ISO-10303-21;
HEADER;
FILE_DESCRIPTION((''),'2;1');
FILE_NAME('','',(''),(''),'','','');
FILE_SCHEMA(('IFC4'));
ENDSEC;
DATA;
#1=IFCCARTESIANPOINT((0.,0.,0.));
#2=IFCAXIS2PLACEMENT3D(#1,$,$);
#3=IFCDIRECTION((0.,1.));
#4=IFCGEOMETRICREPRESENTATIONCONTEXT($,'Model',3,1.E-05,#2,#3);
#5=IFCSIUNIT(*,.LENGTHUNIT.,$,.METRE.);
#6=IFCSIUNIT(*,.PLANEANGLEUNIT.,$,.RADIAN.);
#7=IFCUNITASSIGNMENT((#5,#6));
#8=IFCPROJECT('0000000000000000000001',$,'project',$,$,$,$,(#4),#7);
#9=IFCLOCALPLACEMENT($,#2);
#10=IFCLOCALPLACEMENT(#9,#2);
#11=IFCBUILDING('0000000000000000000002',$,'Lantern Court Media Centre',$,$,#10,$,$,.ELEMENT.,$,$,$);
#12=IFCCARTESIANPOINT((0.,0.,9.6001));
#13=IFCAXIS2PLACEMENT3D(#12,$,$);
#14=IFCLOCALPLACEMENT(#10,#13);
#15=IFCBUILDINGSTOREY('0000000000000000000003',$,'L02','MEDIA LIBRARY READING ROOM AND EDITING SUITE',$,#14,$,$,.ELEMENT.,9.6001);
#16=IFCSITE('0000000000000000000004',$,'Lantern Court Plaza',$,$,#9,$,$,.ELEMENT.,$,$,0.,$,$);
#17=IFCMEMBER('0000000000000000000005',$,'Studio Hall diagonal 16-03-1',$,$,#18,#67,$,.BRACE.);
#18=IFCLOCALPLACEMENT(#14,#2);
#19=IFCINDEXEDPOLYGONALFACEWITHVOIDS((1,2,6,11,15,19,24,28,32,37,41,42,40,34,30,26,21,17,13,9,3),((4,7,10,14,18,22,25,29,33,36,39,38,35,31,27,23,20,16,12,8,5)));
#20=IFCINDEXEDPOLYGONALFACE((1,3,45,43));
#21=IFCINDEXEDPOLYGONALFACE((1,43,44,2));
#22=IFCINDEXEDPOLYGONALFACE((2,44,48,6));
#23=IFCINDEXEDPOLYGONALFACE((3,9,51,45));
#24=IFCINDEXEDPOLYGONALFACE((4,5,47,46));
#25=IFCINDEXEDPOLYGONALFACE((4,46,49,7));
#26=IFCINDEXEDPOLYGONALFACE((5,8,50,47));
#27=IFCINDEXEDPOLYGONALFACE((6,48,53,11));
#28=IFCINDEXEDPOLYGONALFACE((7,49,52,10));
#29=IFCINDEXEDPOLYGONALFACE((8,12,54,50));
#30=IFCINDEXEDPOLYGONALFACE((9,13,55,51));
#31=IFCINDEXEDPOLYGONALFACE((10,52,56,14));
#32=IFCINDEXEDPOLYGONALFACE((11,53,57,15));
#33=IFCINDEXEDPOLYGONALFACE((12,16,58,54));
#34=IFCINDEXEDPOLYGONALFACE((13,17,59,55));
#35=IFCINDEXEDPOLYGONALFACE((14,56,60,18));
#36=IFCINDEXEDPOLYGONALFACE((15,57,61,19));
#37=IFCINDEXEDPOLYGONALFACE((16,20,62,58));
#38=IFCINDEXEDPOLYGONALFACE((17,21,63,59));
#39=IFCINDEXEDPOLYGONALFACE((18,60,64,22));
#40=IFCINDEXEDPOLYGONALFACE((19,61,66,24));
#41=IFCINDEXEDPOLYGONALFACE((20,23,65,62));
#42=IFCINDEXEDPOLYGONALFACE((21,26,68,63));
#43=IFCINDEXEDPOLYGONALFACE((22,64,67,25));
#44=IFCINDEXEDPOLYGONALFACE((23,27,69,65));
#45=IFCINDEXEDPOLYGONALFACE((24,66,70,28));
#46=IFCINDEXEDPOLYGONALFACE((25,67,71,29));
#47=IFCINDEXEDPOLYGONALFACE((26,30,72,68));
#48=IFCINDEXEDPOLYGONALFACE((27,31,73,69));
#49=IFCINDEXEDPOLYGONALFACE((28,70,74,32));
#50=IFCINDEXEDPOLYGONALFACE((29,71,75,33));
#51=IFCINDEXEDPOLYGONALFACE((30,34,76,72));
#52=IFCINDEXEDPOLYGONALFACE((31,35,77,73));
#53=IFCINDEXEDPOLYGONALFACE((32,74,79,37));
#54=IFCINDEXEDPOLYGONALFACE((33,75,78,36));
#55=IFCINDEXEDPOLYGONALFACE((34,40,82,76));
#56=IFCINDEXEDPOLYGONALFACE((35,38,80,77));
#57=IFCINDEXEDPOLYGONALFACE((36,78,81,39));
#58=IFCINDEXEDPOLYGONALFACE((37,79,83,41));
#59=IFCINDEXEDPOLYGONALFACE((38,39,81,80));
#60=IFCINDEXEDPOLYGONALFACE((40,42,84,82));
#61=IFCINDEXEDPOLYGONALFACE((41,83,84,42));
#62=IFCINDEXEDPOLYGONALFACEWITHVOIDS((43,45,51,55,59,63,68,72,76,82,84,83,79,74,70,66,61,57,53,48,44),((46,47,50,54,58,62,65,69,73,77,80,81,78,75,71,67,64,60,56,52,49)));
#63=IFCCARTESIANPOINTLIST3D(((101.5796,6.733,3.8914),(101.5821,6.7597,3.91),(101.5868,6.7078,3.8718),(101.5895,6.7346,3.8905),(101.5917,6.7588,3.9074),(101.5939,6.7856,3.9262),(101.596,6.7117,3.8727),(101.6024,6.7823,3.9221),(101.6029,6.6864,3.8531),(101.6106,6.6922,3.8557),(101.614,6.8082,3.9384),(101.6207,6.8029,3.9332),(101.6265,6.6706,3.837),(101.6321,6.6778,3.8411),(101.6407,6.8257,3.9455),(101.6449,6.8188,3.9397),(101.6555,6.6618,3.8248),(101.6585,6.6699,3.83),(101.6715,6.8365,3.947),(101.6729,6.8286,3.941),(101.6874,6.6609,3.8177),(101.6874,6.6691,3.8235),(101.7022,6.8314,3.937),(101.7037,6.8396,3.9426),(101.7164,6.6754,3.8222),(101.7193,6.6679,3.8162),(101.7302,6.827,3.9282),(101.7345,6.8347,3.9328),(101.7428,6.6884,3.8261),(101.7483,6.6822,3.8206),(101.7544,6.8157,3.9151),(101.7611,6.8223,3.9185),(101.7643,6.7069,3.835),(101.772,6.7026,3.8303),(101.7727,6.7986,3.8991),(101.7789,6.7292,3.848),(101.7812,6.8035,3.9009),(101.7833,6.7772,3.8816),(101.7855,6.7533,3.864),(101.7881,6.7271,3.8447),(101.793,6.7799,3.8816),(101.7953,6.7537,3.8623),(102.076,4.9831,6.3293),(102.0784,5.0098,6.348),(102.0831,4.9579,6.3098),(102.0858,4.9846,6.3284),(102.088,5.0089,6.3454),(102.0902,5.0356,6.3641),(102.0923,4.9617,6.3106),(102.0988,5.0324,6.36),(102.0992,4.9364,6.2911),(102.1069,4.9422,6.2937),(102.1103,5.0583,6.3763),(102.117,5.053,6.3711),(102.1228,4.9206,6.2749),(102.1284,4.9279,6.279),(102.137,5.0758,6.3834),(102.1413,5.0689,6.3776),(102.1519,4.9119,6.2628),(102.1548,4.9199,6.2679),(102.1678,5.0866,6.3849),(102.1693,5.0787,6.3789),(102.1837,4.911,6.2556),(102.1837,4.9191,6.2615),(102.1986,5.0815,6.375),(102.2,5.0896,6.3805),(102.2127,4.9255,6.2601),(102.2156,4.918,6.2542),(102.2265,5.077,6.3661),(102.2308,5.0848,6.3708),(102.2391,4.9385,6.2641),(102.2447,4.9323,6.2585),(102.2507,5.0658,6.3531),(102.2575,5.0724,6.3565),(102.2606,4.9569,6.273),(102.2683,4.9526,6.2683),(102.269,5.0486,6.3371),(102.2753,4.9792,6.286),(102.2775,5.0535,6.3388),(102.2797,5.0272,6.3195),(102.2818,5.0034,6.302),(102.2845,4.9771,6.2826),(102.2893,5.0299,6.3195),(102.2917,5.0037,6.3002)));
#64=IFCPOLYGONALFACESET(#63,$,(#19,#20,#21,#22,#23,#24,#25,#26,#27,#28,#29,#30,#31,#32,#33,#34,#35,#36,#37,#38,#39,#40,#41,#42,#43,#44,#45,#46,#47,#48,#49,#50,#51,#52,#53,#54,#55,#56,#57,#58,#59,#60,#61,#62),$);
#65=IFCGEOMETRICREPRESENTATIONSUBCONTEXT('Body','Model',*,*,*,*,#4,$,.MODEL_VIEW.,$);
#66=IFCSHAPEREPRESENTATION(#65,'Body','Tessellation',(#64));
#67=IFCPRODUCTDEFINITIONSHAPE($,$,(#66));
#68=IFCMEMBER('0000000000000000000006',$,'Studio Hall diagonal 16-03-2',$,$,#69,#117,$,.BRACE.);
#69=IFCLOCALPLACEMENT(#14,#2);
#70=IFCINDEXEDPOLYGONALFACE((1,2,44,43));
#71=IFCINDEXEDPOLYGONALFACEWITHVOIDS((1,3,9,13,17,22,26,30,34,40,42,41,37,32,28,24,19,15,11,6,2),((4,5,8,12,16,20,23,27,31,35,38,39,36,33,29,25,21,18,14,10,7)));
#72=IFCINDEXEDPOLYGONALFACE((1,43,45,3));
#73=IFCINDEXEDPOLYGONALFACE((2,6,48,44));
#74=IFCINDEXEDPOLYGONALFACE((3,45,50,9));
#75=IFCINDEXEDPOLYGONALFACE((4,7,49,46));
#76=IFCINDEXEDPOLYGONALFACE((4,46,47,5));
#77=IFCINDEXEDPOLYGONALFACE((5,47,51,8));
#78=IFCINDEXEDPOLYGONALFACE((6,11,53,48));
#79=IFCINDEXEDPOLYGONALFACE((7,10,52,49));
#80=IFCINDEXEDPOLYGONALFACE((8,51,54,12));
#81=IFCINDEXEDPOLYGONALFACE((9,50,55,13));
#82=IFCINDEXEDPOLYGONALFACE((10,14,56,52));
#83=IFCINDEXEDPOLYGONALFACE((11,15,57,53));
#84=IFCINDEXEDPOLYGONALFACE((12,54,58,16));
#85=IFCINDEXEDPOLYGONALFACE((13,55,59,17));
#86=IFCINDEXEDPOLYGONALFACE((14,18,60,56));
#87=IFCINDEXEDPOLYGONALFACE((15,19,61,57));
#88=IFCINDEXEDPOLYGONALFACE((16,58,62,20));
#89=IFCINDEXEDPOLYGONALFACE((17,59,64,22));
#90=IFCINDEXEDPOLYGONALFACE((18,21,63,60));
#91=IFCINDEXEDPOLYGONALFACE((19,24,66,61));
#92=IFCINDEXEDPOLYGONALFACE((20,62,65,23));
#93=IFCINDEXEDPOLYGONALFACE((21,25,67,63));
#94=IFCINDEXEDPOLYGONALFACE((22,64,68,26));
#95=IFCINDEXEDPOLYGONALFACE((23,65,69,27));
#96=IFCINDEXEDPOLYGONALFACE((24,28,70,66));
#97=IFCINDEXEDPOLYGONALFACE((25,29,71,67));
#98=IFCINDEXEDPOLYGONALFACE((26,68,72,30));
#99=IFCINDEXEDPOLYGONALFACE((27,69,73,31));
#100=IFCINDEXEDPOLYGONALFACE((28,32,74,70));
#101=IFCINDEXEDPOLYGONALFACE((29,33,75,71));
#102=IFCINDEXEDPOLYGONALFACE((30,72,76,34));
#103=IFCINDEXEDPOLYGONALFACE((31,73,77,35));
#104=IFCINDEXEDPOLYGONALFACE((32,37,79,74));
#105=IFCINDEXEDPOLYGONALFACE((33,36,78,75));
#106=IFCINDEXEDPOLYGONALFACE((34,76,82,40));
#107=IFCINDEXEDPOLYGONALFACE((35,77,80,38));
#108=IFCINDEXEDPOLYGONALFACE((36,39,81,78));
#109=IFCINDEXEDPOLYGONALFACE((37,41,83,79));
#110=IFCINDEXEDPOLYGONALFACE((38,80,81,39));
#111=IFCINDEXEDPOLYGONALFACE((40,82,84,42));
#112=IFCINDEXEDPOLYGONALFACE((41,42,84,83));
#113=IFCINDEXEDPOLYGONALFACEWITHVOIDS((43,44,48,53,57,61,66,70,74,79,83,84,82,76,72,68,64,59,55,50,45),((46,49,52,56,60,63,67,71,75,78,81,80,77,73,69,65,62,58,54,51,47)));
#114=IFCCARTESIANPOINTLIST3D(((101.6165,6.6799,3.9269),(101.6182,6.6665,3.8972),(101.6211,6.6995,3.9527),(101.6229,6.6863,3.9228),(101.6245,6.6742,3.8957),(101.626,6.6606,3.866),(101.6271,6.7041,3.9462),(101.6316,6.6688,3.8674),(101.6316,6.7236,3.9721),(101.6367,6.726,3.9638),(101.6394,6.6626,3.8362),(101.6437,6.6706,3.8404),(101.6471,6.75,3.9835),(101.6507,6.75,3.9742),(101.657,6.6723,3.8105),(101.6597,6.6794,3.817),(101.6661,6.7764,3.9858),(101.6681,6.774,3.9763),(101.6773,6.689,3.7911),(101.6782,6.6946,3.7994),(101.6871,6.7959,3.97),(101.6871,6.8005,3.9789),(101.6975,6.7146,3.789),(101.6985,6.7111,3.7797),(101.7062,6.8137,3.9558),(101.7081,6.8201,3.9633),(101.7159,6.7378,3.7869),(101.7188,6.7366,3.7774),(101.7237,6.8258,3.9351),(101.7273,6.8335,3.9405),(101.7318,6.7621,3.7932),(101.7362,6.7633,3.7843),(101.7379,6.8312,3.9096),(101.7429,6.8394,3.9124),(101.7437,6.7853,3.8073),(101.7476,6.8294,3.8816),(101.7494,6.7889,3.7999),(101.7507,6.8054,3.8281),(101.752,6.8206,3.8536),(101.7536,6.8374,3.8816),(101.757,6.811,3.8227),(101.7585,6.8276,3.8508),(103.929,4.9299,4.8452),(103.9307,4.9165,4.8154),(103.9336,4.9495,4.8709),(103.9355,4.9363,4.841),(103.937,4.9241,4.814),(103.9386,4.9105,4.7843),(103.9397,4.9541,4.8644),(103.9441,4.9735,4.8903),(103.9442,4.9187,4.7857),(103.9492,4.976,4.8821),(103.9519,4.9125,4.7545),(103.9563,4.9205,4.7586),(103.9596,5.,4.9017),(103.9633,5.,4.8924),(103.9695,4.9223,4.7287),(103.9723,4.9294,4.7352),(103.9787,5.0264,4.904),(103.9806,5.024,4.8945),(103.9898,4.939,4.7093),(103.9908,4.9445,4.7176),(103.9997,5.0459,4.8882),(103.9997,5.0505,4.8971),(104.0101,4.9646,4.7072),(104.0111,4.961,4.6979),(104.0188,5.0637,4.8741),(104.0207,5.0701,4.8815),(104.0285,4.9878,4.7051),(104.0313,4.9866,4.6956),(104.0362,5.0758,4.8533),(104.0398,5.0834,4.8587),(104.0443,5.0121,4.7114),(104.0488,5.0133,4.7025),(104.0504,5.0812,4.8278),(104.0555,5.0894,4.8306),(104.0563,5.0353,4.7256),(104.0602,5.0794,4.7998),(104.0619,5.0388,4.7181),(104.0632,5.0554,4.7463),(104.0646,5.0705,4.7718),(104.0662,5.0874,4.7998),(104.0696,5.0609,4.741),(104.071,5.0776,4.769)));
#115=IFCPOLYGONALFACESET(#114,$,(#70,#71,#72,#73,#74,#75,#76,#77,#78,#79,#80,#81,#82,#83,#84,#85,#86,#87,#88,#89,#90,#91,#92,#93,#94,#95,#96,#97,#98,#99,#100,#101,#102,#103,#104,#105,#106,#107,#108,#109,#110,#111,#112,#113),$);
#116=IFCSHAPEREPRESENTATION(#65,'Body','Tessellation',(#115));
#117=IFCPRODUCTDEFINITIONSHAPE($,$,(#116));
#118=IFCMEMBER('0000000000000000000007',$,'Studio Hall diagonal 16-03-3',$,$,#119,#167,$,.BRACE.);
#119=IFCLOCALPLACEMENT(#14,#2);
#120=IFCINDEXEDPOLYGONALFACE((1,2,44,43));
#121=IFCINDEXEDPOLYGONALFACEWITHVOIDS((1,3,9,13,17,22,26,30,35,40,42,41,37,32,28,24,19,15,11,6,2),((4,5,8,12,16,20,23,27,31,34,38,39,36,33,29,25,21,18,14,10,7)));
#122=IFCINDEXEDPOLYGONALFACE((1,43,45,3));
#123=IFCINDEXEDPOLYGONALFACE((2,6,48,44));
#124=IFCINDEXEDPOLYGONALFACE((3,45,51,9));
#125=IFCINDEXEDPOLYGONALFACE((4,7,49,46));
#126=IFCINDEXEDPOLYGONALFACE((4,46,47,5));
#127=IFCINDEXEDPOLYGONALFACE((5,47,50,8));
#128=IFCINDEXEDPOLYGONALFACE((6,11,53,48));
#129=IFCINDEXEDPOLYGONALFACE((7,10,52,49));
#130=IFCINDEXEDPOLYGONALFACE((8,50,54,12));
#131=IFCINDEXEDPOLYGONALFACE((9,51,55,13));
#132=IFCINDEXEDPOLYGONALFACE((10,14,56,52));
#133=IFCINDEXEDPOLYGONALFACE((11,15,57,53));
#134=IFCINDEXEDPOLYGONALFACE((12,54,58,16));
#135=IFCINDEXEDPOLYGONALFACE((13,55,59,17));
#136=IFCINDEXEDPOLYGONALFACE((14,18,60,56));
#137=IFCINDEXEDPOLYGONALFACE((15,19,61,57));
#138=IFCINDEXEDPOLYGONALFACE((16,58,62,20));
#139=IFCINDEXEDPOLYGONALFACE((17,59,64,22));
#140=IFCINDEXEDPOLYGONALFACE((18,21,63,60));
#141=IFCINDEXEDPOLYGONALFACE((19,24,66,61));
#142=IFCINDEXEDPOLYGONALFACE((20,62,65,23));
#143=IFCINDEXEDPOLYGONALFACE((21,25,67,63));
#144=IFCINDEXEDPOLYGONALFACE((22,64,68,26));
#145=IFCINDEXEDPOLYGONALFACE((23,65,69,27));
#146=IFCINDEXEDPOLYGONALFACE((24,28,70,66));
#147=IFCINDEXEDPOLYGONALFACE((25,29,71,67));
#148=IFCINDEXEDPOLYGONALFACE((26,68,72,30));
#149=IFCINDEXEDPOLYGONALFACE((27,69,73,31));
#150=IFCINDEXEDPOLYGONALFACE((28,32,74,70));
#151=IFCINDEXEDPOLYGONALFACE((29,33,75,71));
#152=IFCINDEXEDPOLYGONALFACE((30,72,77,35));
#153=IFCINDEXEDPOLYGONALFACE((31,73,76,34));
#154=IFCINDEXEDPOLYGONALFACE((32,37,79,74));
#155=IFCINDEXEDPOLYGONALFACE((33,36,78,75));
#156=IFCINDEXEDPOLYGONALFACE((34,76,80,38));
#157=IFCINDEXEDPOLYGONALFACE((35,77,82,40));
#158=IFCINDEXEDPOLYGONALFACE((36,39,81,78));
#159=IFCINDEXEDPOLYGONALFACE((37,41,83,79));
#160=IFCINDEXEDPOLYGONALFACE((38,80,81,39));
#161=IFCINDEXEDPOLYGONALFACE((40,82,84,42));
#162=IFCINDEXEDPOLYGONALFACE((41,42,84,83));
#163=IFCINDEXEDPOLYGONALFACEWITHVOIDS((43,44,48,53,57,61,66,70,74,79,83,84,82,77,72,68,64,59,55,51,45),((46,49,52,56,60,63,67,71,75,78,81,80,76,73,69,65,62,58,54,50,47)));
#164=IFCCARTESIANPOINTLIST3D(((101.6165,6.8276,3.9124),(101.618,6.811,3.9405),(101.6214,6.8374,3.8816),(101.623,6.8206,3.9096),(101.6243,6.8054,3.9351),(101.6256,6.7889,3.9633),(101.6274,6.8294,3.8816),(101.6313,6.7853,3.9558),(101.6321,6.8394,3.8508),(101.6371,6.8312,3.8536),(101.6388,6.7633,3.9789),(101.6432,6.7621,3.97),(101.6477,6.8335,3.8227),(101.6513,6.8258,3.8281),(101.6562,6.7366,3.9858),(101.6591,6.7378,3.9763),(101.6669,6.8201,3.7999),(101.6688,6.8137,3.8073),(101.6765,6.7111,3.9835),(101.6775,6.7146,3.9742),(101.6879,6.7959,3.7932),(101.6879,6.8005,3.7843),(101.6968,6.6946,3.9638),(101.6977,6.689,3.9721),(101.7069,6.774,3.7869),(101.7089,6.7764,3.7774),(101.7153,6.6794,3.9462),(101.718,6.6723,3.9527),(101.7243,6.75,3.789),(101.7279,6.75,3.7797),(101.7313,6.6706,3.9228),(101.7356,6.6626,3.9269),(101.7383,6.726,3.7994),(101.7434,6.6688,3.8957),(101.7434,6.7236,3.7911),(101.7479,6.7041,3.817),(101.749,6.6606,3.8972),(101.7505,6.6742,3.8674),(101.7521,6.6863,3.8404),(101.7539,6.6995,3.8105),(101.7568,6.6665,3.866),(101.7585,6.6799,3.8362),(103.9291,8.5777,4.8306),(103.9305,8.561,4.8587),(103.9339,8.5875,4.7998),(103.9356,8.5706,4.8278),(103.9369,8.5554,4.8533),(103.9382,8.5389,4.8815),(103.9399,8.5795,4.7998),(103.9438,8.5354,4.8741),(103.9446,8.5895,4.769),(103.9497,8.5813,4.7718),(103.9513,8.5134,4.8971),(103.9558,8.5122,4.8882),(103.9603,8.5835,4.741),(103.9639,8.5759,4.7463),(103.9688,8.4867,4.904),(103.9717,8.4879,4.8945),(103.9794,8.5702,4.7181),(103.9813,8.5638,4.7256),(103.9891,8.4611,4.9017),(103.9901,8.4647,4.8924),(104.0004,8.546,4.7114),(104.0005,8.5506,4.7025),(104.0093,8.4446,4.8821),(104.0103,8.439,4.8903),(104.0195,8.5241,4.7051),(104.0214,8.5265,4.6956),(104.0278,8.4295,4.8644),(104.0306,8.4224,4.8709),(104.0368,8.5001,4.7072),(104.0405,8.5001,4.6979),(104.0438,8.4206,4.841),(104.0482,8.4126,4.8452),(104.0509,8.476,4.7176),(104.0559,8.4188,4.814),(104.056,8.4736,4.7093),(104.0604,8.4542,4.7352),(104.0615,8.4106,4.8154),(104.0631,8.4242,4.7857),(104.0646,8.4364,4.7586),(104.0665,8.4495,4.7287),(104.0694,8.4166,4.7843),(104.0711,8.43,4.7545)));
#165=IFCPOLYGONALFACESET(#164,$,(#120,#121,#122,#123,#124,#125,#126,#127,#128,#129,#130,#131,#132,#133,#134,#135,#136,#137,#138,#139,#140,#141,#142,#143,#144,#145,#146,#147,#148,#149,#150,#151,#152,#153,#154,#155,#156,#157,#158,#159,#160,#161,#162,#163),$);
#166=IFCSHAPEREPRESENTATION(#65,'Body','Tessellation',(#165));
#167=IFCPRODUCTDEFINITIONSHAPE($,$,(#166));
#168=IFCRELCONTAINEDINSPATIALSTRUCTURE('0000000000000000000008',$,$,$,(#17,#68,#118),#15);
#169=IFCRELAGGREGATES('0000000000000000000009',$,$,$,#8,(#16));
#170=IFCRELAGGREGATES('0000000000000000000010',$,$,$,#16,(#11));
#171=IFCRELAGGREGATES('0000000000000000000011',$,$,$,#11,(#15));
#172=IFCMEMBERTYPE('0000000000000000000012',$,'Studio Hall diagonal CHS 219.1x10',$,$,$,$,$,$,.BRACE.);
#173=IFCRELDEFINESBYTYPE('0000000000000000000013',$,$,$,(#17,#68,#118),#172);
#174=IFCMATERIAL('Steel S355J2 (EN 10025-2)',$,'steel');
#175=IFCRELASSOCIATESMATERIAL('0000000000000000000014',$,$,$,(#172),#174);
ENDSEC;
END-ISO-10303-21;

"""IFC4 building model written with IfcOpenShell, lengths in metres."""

from ifc_helpers import new_model, si_unit, direction, frame, origin, origin_2d, place, context, subcontext, project, spatial, hollow_circle, extrude, material, material_profile, profile_set, type_object, element, save


model = new_model("IFC4")

# Units and contexts
model_context = context("Model", 3, precision=1e-05, world=origin(), true_north=direction((0.0, 1.0)))
body_context = subcontext(model_context, "Body", "Model", "MODEL_VIEW")
ifc_project = project(units=[si_unit("LENGTHUNIT", "METRE"), si_unit("PLANEANGLEUNIT", "RADIAN")], contexts=[model_context])

# Site, building, storey
site_placement = place(None, origin())
site = spatial("IfcSite", under=ifc_project, at=site_placement, Name="Lantern Court Plaza", CompositionType="ELEMENT", RefElevation=0.0)
building_placement = place(site_placement, origin())
building = spatial("IfcBuilding", under=site, at=building_placement, Name="Lantern Court Media Centre", CompositionType="ELEMENT")
storey_placement = place(building_placement, frame((0.0, 0.0, 9.6001)))
storey = spatial("IfcBuildingStorey", under=building, at=storey_placement, Name="L02", Description="MEDIA LIBRARY READING ROOM AND EDITING SUITE", CompositionType="ELEMENT", Elevation=9.6001)

# Shared definitions
ifc_material_1 = material(Name="Steel S355J2 (EN 10025-2)", Category="steel")

# Members
ifc_material_profile_1 = material_profile(ifc_material_1, hollow_circle(Radius=0.1096, WallThickness=0.01, at=origin_2d()), Name="Studio Hall diagonal CHS 219.1x10")
ifc_profile_set_1 = profile_set([ifc_material_profile_1], Name="Steel S355J2 (EN 10025-2)")
member_type_1 = type_object("IfcMemberType", Name="Studio Hall diagonal CHS 219.1x10", PredefinedType="BRACE", material=ifc_profile_set_1)
for number, where, z_axis, x_axis, name in (
    (1, (101.6875, 6.75, 3.8816), (0.163172, -0.575314, 0.801491), (0.962054, 0.272859, 0.0), "Studio Hall diagonal 16-03-1"),
):
    element("IfcMember", number, at=place(storey_placement, frame(where, z_axis=z_axis, x_axis=x_axis)), inside=storey, type_object=member_type_1, Name=name, PredefinedType="BRACE", context=body_context, shape_type="SweptSolid", body=[
        extrude(hollow_circle(Radius=0.1096, WallThickness=0.01, at=origin_2d()), origin(), (0.0, 0.0, 1.0), 3.0417),
    ])
for number, where, z_axis, x_axis, name in (
    (2, (101.6875, 6.75, 3.8816), (0.760211, -0.575295, 0.301853), (0.603443, 0.797406, 0.0), "Studio Hall diagonal 16-03-2"),
    (3, (101.6875, 6.75, 3.8816), (0.760211, 0.575295, 0.301853), (-0.603443, 0.797406, 0.0), "Studio Hall diagonal 16-03-3"),
):
    element("IfcMember", number, at=place(storey_placement, frame(where, z_axis=z_axis, x_axis=x_axis)), inside=storey, type_object=member_type_1, Name=name, PredefinedType="BRACE", context=body_context, shape_type="SweptSolid", body=[
        extrude(hollow_circle(Radius=0.1096, WallThickness=0.01, at=origin_2d()), origin(), (0.0, 0.0, 1.0), 3.042),
    ])

save(model, "model.ifc")
